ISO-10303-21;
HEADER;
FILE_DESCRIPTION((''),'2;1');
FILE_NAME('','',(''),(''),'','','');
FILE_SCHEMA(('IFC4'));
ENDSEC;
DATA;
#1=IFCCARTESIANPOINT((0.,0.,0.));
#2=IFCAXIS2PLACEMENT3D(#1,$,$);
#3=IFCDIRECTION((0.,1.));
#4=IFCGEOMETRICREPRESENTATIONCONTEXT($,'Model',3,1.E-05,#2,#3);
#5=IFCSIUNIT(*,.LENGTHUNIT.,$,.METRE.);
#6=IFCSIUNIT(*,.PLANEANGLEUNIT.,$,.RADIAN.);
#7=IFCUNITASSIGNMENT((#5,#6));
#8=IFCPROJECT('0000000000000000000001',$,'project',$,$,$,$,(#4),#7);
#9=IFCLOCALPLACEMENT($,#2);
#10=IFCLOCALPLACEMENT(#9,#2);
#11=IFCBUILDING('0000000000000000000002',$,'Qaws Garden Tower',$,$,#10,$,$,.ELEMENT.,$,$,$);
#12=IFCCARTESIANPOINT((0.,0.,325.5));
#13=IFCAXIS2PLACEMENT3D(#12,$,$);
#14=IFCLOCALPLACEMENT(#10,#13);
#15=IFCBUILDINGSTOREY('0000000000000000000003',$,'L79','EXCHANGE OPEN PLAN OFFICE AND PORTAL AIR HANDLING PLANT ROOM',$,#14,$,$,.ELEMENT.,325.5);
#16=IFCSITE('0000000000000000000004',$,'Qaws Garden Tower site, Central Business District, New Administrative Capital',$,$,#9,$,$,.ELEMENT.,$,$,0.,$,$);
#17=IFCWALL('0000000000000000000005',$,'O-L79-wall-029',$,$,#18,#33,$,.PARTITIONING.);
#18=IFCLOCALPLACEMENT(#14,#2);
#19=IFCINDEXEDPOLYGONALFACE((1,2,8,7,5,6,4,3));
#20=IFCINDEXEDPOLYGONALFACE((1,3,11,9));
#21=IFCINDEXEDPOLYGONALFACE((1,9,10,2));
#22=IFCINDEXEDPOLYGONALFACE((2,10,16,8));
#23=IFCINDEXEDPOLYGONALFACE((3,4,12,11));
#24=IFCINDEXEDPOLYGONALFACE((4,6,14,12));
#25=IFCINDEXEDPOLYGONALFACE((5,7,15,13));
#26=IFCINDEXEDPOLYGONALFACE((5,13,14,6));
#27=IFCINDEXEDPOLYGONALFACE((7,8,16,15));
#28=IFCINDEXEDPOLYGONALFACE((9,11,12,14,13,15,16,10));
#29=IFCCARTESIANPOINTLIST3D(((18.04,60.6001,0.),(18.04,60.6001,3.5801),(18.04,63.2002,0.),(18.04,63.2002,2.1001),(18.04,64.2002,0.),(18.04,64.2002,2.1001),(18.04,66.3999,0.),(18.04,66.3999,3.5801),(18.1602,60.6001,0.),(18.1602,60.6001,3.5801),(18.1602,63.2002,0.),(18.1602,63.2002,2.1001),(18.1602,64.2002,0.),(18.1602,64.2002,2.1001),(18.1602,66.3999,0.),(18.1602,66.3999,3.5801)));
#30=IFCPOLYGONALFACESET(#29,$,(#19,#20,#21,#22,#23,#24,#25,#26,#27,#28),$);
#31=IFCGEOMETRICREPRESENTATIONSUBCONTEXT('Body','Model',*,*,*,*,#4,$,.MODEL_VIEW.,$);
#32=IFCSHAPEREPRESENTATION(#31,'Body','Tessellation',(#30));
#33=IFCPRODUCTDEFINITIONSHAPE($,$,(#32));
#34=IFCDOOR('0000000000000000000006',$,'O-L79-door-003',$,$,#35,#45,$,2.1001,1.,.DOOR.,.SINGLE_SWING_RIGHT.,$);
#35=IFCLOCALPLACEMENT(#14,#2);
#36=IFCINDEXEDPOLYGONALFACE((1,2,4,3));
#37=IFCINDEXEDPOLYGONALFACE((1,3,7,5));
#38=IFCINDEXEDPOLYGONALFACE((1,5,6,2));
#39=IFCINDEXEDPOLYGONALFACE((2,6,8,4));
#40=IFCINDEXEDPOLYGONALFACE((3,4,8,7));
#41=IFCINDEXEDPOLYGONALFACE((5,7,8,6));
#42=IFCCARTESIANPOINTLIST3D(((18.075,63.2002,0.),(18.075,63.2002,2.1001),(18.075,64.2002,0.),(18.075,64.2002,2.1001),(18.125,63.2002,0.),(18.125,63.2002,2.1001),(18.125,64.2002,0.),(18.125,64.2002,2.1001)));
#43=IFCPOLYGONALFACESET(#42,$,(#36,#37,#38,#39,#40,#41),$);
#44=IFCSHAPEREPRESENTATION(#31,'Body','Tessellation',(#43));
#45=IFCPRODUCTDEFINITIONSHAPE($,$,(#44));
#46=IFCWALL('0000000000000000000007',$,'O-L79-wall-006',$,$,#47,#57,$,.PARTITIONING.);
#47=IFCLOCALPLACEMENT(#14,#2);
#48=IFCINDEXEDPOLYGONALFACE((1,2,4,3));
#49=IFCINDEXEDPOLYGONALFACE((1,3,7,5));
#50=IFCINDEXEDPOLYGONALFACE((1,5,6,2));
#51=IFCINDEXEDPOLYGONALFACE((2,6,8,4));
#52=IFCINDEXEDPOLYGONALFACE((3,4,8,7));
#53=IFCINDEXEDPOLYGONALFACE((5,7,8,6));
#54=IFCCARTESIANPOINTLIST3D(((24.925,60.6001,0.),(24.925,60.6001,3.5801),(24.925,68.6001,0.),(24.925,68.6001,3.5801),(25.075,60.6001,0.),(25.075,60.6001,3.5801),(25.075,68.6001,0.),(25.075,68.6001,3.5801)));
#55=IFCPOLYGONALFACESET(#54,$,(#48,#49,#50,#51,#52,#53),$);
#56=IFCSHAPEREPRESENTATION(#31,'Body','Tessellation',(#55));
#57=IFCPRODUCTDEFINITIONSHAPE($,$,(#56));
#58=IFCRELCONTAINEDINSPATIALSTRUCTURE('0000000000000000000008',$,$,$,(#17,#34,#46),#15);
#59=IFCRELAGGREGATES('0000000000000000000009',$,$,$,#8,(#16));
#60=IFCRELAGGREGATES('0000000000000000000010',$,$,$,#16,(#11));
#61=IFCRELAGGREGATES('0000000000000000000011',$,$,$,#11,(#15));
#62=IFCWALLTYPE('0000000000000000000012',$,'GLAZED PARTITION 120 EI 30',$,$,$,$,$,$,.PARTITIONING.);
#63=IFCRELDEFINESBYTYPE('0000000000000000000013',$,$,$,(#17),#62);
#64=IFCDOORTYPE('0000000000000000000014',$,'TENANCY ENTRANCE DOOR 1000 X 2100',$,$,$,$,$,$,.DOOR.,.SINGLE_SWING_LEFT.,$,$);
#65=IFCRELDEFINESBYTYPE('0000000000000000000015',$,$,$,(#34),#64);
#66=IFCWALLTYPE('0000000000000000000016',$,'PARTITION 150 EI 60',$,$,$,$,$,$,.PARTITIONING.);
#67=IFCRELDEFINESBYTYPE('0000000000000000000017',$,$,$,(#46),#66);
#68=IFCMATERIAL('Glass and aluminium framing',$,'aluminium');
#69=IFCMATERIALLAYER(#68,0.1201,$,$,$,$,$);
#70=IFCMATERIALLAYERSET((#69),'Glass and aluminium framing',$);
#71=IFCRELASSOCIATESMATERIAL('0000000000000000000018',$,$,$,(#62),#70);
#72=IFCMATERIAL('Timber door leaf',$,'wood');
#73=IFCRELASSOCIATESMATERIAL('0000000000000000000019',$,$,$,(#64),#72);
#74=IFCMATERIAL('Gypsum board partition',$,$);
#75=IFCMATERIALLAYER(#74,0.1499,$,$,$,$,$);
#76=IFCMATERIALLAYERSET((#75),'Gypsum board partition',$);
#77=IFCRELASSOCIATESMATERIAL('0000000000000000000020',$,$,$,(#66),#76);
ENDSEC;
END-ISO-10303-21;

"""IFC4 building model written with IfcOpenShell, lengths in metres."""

from ifc_helpers import new_model, si_unit, direction, frame, frame_2d, origin, place, context, subcontext, project, spatial, rectangle, extrude, material, layer, layer_set, type_object, element, fill, save


model = new_model("IFC4")

# Units and contexts
model_context = context("Model", 3, precision=1e-05, world=origin(), true_north=direction((0.0, 1.0)))
body_context = subcontext(model_context, "Body", "Model", "MODEL_VIEW")
ifc_project = project(units=[si_unit("LENGTHUNIT", "METRE"), si_unit("PLANEANGLEUNIT", "RADIAN")], contexts=[model_context])

# Site, building, storey
site_placement = place(None, origin())
site = spatial("IfcSite", under=ifc_project, at=site_placement, Name="Qaws Garden Tower site, Central Business District, New Administrative Capital", CompositionType="ELEMENT", RefElevation=0.0)
building_placement = place(site_placement, origin())
building = spatial("IfcBuilding", under=site, at=building_placement, Name="Qaws Garden Tower", CompositionType="ELEMENT")
storey_placement = place(building_placement, frame((0.0, 0.0, 325.5)))
storey = spatial("IfcBuildingStorey", under=building, at=storey_placement, Name="L79", Description="EXCHANGE OPEN PLAN OFFICE AND PORTAL AIR HANDLING PLANT ROOM", CompositionType="ELEMENT", Elevation=325.5)

# Wall, opening, door
ifc_material_1 = material(Name="Glass and aluminium framing", Category="aluminium")
ifc_layer_1 = layer(ifc_material_1, 0.1201)
ifc_layer_set_1 = layer_set([ifc_layer_1], Name="Glass and aluminium framing")
wall_type_1 = type_object("IfcWallType", Name="GLAZED PARTITION 120 EI 30", PredefinedType="PARTITIONING", material=ifc_layer_set_1)
wall_1_placement = place(storey_placement, frame((18.1001, 60.6001, 0.0), z_axis=(0.0, 0.0, 1.0), x_axis=(0.0, 1.0, 0.0)))
wall_1 = element("IfcWall", 1, at=wall_1_placement, inside=storey, type_object=wall_type_1, Name="O-L79-wall-029", PredefinedType="PARTITIONING", context=body_context, shape_type="SweptSolid", body=[
    extrude(rectangle(XDim=5.7998, YDim=0.1201, at=frame_2d((2.8999, 0.0))), origin(), (0.0, 0.0, 1.0), 3.5801),
])
opening_1_placement = place(wall_1_placement, frame((2.6001, 0.0, 0.0)))
opening_1 = element("IfcOpeningElement", 2, at=opening_1_placement, cuts=wall_1, PredefinedType="OPENING", context=body_context, shape_type="SweptSolid", body=[
    extrude(rectangle(XDim=1.0, YDim=2.1001, at=frame_2d((0.5, 1.05))), frame((0.0, 0.0701, 0.0), z_axis=(0.0, -1.0, 0.0), x_axis=(1.0, 0.0, 0.0)), (0.0, 0.0, 1.0), 0.1401),
])
ifc_material_2 = material(Name="Timber door leaf", Category="wood")
door_type = type_object("IfcDoorType", Name="TENANCY ENTRANCE DOOR 1000 X 2100", OperationType="SINGLE_SWING_LEFT", PredefinedType="DOOR", material=ifc_material_2)
door_placement = place(opening_1_placement, frame((1.0, 0.0, 0.0), z_axis=(0.0, 0.0, 1.0), x_axis=(-1.0, 0.0, 0.0)))
door = element("IfcDoor", 3, at=door_placement, inside=storey, type_object=door_type, Name="O-L79-door-003", OperationType="SINGLE_SWING_RIGHT", OverallHeight=2.1001, OverallWidth=1.0, PredefinedType="DOOR", context=body_context, shape_type="SweptSolid", body=[
    extrude(rectangle(XDim=1.0, YDim=2.1001, at=frame_2d((0.5, 1.05))), frame((0.0, 0.0249, 0.0), z_axis=(0.0, -1.0, 0.0), x_axis=(1.0, 0.0, 0.0)), (0.0, 0.0, 1.0), 0.05),
])
fill(opening_1, door)

# Wall
ifc_material_3 = material(Name="Gypsum board partition")
ifc_layer_2 = layer(ifc_material_3, 0.1499)
ifc_layer_set_2 = layer_set([ifc_layer_2], Name="Gypsum board partition")
wall_type_2 = type_object("IfcWallType", Name="PARTITION 150 EI 60", PredefinedType="PARTITIONING", material=ifc_layer_set_2)
wall_2_placement = place(storey_placement, frame((25.0, 60.6001, 0.0), z_axis=(0.0, 0.0, 1.0), x_axis=(0.0, 1.0, 0.0)))
element("IfcWall", 4, at=wall_2_placement, inside=storey, type_object=wall_type_2, Name="O-L79-wall-006", PredefinedType="PARTITIONING", context=body_context, shape_type="SweptSolid", body=[
    extrude(rectangle(XDim=8.0, YDim=0.1499, at=frame_2d((4.0, 0.0))), origin(), (0.0, 0.0, 1.0), 3.5801),
])

save(model, "model.ifc")
